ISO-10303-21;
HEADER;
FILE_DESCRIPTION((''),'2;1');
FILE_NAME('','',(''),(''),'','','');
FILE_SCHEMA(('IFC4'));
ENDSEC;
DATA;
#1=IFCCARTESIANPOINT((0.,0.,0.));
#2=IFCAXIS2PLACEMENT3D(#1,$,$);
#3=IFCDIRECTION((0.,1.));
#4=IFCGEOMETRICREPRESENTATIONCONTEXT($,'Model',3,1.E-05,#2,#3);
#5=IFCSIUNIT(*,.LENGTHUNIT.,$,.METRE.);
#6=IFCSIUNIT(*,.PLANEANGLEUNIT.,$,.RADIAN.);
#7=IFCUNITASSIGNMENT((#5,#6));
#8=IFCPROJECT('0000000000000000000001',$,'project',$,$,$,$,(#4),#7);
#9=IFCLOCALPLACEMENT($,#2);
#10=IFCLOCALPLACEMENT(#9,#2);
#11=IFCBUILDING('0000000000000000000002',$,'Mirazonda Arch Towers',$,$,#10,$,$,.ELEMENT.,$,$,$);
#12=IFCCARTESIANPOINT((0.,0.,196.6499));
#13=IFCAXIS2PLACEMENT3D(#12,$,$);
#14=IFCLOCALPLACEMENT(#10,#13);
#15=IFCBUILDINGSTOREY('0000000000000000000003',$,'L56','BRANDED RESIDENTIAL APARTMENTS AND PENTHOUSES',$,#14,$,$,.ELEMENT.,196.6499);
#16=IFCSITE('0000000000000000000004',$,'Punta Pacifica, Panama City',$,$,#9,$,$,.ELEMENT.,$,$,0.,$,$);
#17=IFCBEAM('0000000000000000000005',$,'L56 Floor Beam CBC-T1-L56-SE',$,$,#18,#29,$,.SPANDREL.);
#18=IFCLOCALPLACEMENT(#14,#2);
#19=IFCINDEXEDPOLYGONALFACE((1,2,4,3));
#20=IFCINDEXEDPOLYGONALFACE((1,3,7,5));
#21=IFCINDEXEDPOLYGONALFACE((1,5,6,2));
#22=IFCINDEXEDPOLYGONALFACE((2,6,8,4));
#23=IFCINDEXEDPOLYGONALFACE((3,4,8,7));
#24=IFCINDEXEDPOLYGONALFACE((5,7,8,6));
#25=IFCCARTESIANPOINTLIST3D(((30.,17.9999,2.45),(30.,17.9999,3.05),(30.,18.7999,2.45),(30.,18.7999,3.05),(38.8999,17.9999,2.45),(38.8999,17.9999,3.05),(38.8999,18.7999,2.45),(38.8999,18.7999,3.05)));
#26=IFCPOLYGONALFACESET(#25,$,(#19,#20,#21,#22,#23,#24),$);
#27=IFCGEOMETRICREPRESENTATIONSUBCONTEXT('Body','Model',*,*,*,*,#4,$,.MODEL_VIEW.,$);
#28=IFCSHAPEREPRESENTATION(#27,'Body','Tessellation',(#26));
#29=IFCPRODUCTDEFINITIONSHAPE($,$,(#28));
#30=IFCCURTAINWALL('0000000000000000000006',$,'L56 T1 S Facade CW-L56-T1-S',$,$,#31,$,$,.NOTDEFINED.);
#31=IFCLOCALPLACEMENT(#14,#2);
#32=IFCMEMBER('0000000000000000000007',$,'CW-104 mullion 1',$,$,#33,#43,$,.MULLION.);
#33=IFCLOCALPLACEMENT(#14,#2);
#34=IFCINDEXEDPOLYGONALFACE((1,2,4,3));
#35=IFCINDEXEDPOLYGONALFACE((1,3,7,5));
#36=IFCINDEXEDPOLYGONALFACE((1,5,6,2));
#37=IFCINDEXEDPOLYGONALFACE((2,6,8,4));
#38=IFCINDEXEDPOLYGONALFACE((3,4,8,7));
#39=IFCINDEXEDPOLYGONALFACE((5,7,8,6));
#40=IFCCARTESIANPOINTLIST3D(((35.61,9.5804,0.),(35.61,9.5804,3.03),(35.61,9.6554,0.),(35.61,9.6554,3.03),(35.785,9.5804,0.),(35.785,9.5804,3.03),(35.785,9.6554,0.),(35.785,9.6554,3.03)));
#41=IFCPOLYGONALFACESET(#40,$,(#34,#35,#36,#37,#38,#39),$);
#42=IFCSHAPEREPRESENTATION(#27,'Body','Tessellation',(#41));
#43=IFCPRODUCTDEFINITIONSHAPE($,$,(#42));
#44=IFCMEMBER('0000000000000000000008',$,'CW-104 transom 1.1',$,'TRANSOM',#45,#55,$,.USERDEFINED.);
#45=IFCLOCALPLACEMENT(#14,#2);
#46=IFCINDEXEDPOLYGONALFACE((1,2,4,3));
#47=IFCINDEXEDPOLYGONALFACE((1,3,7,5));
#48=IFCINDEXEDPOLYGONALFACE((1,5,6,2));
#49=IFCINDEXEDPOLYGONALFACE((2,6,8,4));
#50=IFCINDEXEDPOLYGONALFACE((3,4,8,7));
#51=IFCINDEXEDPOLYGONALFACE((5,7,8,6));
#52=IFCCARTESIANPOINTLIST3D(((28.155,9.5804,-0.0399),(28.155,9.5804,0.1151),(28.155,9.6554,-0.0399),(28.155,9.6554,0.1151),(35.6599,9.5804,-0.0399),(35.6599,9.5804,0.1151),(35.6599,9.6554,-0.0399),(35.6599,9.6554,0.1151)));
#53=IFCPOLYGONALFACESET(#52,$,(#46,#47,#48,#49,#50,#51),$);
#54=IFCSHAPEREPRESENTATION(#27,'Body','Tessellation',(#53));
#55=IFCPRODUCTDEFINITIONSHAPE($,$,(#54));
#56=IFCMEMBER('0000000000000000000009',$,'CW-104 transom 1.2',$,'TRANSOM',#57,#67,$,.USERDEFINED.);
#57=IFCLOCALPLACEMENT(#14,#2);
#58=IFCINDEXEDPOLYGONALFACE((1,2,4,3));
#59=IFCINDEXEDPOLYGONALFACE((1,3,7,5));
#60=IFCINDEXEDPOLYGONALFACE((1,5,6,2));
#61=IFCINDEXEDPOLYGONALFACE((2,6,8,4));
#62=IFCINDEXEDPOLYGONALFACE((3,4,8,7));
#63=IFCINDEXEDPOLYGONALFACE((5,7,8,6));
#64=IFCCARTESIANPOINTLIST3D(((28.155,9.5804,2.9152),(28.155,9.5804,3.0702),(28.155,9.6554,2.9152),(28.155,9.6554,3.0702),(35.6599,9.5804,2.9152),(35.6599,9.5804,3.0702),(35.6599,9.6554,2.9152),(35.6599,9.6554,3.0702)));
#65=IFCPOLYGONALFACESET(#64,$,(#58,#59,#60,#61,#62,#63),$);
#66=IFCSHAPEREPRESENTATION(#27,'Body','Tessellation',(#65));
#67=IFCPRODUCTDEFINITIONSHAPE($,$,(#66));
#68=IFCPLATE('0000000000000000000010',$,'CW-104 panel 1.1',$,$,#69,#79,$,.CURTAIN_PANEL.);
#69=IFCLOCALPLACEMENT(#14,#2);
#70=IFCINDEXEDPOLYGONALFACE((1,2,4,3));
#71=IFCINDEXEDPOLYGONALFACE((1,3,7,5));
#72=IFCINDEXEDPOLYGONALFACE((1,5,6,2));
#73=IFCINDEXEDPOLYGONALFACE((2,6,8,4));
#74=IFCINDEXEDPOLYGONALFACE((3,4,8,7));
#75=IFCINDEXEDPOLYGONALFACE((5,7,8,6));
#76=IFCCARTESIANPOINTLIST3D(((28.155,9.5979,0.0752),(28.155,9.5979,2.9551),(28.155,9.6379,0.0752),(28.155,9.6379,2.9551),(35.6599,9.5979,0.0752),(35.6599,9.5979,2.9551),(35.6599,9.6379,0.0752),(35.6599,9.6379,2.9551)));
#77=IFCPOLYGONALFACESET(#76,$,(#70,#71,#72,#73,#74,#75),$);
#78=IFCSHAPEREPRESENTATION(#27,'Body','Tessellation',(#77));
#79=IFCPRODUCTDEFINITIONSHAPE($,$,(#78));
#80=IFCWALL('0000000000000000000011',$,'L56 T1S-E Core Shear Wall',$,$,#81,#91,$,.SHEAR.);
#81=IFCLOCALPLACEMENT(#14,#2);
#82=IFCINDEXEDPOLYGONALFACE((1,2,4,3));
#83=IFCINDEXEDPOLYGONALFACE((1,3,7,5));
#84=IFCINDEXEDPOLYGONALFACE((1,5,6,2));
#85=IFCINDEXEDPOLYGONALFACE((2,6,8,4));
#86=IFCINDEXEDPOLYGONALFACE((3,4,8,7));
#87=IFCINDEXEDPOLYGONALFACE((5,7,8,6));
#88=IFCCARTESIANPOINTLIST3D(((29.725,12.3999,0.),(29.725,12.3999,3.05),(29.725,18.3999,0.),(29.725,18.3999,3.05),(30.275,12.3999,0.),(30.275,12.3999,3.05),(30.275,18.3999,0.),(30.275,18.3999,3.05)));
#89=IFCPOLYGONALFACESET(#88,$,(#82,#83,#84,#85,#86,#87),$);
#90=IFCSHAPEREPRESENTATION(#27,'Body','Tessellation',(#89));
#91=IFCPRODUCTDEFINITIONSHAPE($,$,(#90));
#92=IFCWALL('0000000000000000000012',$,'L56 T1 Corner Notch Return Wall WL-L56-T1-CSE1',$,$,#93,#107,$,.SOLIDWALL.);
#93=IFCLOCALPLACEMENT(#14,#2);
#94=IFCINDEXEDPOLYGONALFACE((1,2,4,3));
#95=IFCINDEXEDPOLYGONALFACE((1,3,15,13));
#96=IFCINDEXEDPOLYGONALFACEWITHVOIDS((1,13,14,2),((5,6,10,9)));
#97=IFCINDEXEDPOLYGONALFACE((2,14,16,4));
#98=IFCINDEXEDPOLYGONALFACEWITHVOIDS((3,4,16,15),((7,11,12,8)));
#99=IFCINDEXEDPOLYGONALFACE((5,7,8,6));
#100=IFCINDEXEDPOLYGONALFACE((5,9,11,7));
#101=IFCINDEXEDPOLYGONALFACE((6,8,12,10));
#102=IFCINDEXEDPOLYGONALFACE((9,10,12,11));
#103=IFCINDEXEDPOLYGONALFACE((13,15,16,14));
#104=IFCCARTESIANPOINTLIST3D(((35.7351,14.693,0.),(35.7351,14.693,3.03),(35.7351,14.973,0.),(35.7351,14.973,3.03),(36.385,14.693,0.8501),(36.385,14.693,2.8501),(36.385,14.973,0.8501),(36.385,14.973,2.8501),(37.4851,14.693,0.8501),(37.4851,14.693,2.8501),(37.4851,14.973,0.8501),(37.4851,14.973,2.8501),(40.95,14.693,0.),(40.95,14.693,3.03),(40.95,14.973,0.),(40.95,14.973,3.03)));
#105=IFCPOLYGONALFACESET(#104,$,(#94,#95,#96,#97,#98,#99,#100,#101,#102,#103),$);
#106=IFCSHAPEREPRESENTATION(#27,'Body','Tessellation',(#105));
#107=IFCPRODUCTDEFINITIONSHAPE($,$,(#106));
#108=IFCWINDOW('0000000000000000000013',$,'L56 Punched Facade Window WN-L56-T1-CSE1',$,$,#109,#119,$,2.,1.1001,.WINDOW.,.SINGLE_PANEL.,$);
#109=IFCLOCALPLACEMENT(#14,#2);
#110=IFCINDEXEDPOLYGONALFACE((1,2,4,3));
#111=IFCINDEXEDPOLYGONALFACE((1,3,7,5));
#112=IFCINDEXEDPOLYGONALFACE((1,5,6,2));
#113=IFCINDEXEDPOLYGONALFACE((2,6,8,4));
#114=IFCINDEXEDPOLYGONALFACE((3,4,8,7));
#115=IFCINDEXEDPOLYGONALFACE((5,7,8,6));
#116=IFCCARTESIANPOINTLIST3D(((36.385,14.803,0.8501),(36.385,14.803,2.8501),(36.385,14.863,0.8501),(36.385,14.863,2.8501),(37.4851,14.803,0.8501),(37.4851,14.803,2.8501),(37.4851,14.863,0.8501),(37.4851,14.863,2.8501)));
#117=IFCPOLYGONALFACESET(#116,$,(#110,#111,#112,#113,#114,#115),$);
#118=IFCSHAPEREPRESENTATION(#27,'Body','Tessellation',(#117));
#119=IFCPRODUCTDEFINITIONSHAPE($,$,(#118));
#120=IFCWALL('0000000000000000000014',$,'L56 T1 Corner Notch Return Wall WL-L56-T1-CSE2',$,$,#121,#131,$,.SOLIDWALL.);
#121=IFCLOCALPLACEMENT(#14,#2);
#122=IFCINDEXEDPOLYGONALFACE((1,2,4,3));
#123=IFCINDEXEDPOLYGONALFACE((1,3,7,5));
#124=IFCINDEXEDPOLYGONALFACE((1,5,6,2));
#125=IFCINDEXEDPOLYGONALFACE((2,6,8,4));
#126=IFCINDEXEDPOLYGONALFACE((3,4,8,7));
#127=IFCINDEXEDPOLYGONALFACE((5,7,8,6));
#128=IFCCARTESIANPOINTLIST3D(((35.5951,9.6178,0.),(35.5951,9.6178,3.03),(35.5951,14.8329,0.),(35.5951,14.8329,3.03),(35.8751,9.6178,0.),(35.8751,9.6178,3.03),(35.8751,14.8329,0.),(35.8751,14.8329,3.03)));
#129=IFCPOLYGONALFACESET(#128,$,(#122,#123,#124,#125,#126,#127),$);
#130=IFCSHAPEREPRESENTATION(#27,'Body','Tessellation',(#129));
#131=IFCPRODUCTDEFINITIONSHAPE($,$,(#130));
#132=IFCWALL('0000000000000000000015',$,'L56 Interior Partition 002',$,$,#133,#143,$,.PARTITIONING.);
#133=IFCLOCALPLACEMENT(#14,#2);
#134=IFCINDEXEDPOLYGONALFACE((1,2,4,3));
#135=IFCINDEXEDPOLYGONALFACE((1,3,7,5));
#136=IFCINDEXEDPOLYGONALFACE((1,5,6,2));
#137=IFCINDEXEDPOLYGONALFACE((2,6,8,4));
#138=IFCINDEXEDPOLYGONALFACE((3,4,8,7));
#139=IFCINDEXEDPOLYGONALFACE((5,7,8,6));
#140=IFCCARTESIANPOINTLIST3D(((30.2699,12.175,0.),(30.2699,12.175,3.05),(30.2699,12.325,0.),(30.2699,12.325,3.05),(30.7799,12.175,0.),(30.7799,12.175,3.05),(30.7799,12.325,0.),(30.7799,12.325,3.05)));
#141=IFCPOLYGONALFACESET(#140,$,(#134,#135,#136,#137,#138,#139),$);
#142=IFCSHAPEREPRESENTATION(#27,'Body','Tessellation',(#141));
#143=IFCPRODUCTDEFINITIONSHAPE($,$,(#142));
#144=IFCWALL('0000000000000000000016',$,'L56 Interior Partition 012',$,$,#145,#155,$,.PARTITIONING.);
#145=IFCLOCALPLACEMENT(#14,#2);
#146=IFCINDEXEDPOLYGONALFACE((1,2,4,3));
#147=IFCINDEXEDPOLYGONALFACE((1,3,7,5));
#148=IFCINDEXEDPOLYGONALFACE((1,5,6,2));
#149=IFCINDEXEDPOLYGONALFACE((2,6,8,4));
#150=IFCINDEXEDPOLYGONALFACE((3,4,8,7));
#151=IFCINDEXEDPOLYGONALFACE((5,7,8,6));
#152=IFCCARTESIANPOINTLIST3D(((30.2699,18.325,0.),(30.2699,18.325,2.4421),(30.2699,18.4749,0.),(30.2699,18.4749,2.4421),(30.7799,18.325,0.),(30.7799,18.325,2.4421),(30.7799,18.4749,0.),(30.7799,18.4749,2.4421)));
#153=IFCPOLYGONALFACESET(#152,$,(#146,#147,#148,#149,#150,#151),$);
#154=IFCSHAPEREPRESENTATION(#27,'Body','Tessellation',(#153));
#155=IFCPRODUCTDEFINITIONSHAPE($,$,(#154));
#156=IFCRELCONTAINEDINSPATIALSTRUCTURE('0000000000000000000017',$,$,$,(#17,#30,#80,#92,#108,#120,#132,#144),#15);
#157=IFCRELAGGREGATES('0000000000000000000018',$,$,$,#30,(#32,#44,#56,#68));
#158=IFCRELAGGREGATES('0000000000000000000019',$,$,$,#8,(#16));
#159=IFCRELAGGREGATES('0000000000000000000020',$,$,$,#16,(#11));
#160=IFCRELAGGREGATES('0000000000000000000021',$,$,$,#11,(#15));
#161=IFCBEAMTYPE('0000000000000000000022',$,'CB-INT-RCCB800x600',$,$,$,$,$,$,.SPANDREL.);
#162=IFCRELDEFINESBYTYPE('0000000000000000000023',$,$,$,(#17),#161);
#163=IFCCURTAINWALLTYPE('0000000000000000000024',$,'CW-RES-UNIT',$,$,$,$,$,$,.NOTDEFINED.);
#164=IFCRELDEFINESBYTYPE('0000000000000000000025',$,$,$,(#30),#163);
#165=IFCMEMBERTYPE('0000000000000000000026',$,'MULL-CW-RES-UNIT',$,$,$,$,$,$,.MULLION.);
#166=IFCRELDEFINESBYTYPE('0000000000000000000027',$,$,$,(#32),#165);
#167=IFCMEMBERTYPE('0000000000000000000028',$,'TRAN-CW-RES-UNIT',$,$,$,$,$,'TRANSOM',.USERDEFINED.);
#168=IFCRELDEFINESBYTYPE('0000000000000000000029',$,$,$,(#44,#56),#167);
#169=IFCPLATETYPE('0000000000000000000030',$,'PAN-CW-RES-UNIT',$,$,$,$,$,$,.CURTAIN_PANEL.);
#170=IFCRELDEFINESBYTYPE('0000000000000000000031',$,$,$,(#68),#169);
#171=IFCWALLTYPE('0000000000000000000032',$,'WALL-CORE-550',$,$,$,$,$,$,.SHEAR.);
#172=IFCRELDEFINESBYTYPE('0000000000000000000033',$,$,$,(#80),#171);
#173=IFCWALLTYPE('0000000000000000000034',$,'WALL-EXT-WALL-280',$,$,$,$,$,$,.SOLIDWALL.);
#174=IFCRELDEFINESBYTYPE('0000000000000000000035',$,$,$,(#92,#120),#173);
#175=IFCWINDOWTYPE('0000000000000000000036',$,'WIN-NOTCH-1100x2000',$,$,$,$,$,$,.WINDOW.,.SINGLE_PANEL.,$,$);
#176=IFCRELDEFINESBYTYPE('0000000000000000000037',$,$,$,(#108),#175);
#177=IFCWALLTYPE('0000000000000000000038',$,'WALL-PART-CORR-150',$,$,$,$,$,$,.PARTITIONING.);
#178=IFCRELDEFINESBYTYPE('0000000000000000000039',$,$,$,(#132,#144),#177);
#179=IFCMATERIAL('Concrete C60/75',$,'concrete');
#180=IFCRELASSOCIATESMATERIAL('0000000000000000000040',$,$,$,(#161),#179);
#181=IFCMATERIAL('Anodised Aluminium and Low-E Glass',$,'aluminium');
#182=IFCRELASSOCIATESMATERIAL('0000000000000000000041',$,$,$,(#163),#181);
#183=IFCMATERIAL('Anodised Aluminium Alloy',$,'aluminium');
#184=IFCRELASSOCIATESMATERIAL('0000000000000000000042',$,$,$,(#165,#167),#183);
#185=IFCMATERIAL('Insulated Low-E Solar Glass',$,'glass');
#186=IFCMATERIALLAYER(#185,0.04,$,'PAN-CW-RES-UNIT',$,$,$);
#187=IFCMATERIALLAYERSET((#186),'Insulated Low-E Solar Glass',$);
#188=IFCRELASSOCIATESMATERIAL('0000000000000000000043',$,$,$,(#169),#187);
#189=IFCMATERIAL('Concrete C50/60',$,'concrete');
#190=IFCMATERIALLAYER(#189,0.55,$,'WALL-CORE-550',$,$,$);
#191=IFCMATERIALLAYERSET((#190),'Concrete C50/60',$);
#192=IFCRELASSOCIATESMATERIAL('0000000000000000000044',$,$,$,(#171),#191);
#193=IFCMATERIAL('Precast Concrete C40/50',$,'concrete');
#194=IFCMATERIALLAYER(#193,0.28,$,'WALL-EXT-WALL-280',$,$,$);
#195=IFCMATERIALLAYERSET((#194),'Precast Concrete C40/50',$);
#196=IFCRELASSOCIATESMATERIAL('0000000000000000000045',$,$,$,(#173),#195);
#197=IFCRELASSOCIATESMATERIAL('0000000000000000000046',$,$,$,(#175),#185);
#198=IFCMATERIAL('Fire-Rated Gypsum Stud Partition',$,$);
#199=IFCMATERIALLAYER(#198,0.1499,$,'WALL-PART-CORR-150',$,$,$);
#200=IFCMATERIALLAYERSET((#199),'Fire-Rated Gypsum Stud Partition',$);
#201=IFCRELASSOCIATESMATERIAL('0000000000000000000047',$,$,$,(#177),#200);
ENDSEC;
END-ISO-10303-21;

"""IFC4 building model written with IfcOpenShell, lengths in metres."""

from ifc_helpers import new_model, si_unit, direction, frame, frame_2d, origin, origin_2d, place, context, subcontext, project, spatial, rectangle, extrude, material, layer, layer_set, material_profile, profile_set, type_object, element, fill, aggregate, save


model = new_model("IFC4")

# Units and contexts
model_context = context("Model", 3, precision=1e-05, world=origin(), true_north=direction((0.0, 1.0)))
body_context = subcontext(model_context, "Body", "Model", "MODEL_VIEW")
ifc_project = project(units=[si_unit("LENGTHUNIT", "METRE"), si_unit("PLANEANGLEUNIT", "RADIAN")], contexts=[model_context])

# Site, building, storey
site_placement = place(None, origin())
site = spatial("IfcSite", under=ifc_project, at=site_placement, Name="Punta Pacifica, Panama City", CompositionType="ELEMENT", RefElevation=0.0)
building_placement = place(site_placement, origin())
building = spatial("IfcBuilding", under=site, at=building_placement, Name="Mirazonda Arch Towers", CompositionType="ELEMENT")
storey_placement = place(building_placement, frame((0.0, 0.0, 196.6499)))
storey = spatial("IfcBuildingStorey", under=building, at=storey_placement, Name="L56", Description="BRANDED RESIDENTIAL APARTMENTS AND PENTHOUSES", CompositionType="ELEMENT", Elevation=196.6499)

# Shared definitions
ifc_material_1 = material(Name="Concrete C50/60", Category="concrete")

# Beam
ifc_material_2 = material(Name="Concrete C60/75", Category="concrete")
ifc_material_profile_1 = material_profile(ifc_material_2, rectangle(XDim=0.8, YDim=0.6001, at=origin_2d()), Name="RCCB800x600")
ifc_profile_set_1 = profile_set([ifc_material_profile_1], Name="Concrete C60/75")
beam_type_1 = type_object("IfcBeamType", Name="CB-INT-RCCB800x600", PredefinedType="SPANDREL", material=ifc_profile_set_1)
beam_1_placement = place(storey_placement, frame((30.0, 18.3999, 2.75), z_axis=(1.0, 0.0, 0.0), x_axis=(0.0, 1.0, 0.0)))
element("IfcBeam", 1, at=beam_1_placement, inside=storey, type_object=beam_type_1, Name="L56 Floor Beam CBC-T1-L56-SE", PredefinedType="SPANDREL", context=body_context, shape_type="SweptSolid", body=[
    extrude(rectangle(XDim=0.8, YDim=0.6001, at=origin_2d()), origin(), (0.0, 0.0, 1.0), 8.8999),
])

# Curtain wall, members, plate
ifc_material_3 = material(Name="Anodised Aluminium and Low-E Glass", Category="aluminium")
curtain_wall_type = type_object("IfcCurtainWallType", Name="CW-RES-UNIT", PredefinedType="NOTDEFINED", material=ifc_material_3)
curtain_wall_placement = place(storey_placement, origin())
curtain_wall = element("IfcCurtainWall", 2, at=curtain_wall_placement, inside=storey, type_object=curtain_wall_type, Name="L56 T1 S Facade CW-L56-T1-S", PredefinedType="NOTDEFINED")
ifc_material_4 = material(Name="Anodised Aluminium Alloy", Category="aluminium")
ifc_material_profile_2 = material_profile(ifc_material_4, rectangle(XDim=0.075, YDim=0.175, at=origin_2d()), Name="ALU-MULL-75x175")
ifc_profile_set_2 = profile_set([ifc_material_profile_2], Name="Anodised Aluminium Alloy")
member_type_1 = type_object("IfcMemberType", Name="MULL-CW-RES-UNIT", PredefinedType="MULLION", material=ifc_profile_set_2)
member_1_placement = place(storey_placement, frame((35.6975, 9.6179, 0.0), z_axis=(0.0, 0.0, 1.0), x_axis=(0.0, -1.0, 0.0)))
member_1 = element("IfcMember", 3, at=member_1_placement, type_object=member_type_1, Name="CW-104 mullion 1", PredefinedType="MULLION", context=body_context, shape_type="SweptSolid", body=[
    extrude(rectangle(XDim=0.075, YDim=0.175, at=origin_2d()), origin(), (0.0, 0.0, 1.0), 3.03),
])
ifc_material_profile_3 = material_profile(ifc_material_4, rectangle(XDim=0.075, YDim=0.155, at=origin_2d()), Name="ALU-TRAN-75x155")
ifc_profile_set_3 = profile_set([ifc_material_profile_3], Name="Anodised Aluminium Alloy")
member_type_2 = type_object("IfcMemberType", Name="TRAN-CW-RES-UNIT", ElementType="TRANSOM", PredefinedType="USERDEFINED", material=ifc_profile_set_3)
member_2_placement = place(storey_placement, frame((35.6599, 9.6179, 0.0376), z_axis=(-1.0, 0.0, 0.0), x_axis=(0.0, -1.0, 0.0)))
member_2 = element("IfcMember", 4, at=member_2_placement, type_object=member_type_2, Name="CW-104 transom 1.1", ObjectType="TRANSOM", PredefinedType="USERDEFINED", context=body_context, shape_type="SweptSolid", body=[
    extrude(rectangle(XDim=0.075, YDim=0.155, at=origin_2d()), origin(), (0.0, 0.0, 1.0), 7.5049),
])
member_3_placement = place(storey_placement, frame((35.6599, 9.6179, 2.9927), z_axis=(-1.0, 0.0, 0.0), x_axis=(0.0, -1.0, 0.0)))
member_3 = element("IfcMember", 5, at=member_3_placement, type_object=member_type_2, Name="CW-104 transom 1.2", ObjectType="TRANSOM", PredefinedType="USERDEFINED", context=body_context, shape_type="SweptSolid", body=[
    extrude(rectangle(XDim=0.075, YDim=0.155, at=origin_2d()), origin(), (0.0, 0.0, 1.0), 7.5049),
])
ifc_material_5 = material(Name="Insulated Low-E Solar Glass", Category="glass")
ifc_layer_1 = layer(ifc_material_5, 0.04, Name="PAN-CW-RES-UNIT")
ifc_layer_set_1 = layer_set([ifc_layer_1], Name="Insulated Low-E Solar Glass")
plate_type = type_object("IfcPlateType", Name="PAN-CW-RES-UNIT", PredefinedType="CURTAIN_PANEL", material=ifc_layer_set_1)
plate_placement = place(storey_placement, frame((31.9075, 9.6179, 0.0752), z_axis=(0.0, 0.0, 1.0), x_axis=(-1.0, 0.0, 0.0)))
plate = element("IfcPlate", 6, at=plate_placement, type_object=plate_type, Name="CW-104 panel 1.1", PredefinedType="CURTAIN_PANEL", context=body_context, shape_type="SweptSolid", body=[
    extrude(rectangle(XDim=7.5049, YDim=0.04, at=origin_2d()), origin(), (0.0, 0.0, 1.0), 2.8799),
])
aggregate(curtain_wall, [member_1, member_2, member_3, plate])

# Wall
ifc_layer_2 = layer(ifc_material_1, 0.55, Name="WALL-CORE-550")
ifc_layer_set_2 = layer_set([ifc_layer_2], Name="Concrete C50/60")
wall_type_1 = type_object("IfcWallType", Name="WALL-CORE-550", PredefinedType="SHEAR", material=ifc_layer_set_2)
wall_1_placement = place(storey_placement, frame((30.0, 12.3999, 0.0), z_axis=(0.0, 0.0, 1.0), x_axis=(0.0, 1.0, 0.0)))
element("IfcWall", 7, at=wall_1_placement, inside=storey, type_object=wall_type_1, Name="L56 T1S-E Core Shear Wall", PredefinedType="SHEAR", context=body_context, shape_type="SweptSolid", body=[
    extrude(rectangle(XDim=6.0, YDim=0.55, at=frame_2d((3.0, 0.0))), origin(), (0.0, 0.0, 1.0), 3.05),
])

# Wall, opening, window
ifc_material_6 = material(Name="Precast Concrete C40/50", Category="concrete")
ifc_layer_3 = layer(ifc_material_6, 0.28, Name="WALL-EXT-WALL-280")
ifc_layer_set_3 = layer_set([ifc_layer_3], Name="Precast Concrete C40/50")
wall_type_2 = type_object("IfcWallType", Name="WALL-EXT-WALL-280", PredefinedType="SOLIDWALL", material=ifc_layer_set_3)
wall_2_placement = place(storey_placement, frame((35.7351, 14.833, 0.0), z_axis=(0.0, 0.0, 1.0), x_axis=(1.0, 0.0, 0.0)))
wall_2 = element("IfcWall", 8, at=wall_2_placement, inside=storey, type_object=wall_type_2, Name="L56 T1 Corner Notch Return Wall WL-L56-T1-CSE1", PredefinedType="SOLIDWALL", context=body_context, shape_type="SweptSolid", body=[
    extrude(rectangle(XDim=5.2148, YDim=0.28, at=frame_2d((2.6074, 0.0))), origin(), (0.0, 0.0, 1.0), 3.03),
])
opening_1_placement = place(wall_2_placement, frame((0.6499, 0.0, 0.8501)))
opening_1 = element("IfcOpeningElement", 9, at=opening_1_placement, cuts=wall_2, PredefinedType="OPENING", context=body_context, shape_type="SweptSolid", body=[
    extrude(rectangle(XDim=1.1001, YDim=2.0, at=frame_2d((0.55, 1.0))), frame((0.0, 0.1499, 0.0), z_axis=(0.0, -1.0, 0.0), x_axis=(1.0, 0.0, 0.0)), (0.0, 0.0, 1.0), 0.3),
])
window_type = type_object("IfcWindowType", Name="WIN-NOTCH-1100x2000", PartitioningType="SINGLE_PANEL", PredefinedType="WINDOW", material=ifc_material_5)
window_placement = place(opening_1_placement, origin())
window = element("IfcWindow", 10, at=window_placement, inside=storey, type_object=window_type, Name="L56 Punched Facade Window WN-L56-T1-CSE1", OverallHeight=2.0, OverallWidth=1.1001, PartitioningType="SINGLE_PANEL", PredefinedType="WINDOW", context=body_context, shape_type="SweptSolid", body=[
    extrude(rectangle(XDim=1.1001, YDim=2.0, at=frame_2d((0.55, 1.0))), frame((0.0, 0.03, 0.0), z_axis=(0.0, -1.0, 0.0), x_axis=(1.0, 0.0, 0.0)), (0.0, 0.0, 1.0), 0.0601),
])
fill(opening_1, window)

# Walls
wall_3_placement = place(storey_placement, frame((35.7351, 9.6179, 0.0), z_axis=(0.0, 0.0, 1.0), x_axis=(0.0, 1.0, 0.0)))
element("IfcWall", 11, at=wall_3_placement, inside=storey, type_object=wall_type_2, Name="L56 T1 Corner Notch Return Wall WL-L56-T1-CSE2", PredefinedType="SOLIDWALL", context=body_context, shape_type="SweptSolid", body=[
    extrude(rectangle(XDim=5.2151, YDim=0.28, at=frame_2d((2.6074, 0.0))), origin(), (0.0, 0.0, 1.0), 3.03),
])
ifc_material_7 = material(Name="Fire-Rated Gypsum Stud Partition")
ifc_layer_4 = layer(ifc_material_7, 0.1499, Name="WALL-PART-CORR-150")
ifc_layer_set_4 = layer_set([ifc_layer_4], Name="Fire-Rated Gypsum Stud Partition")
wall_type_3 = type_object("IfcWallType", Name="WALL-PART-CORR-150", PredefinedType="PARTITIONING", material=ifc_layer_set_4)
wall_4_placement = place(storey_placement, frame((30.27, 12.25, 0.0), z_axis=(0.0, 0.0, 1.0), x_axis=(1.0, 0.0, 0.0)))
element("IfcWall", 12, at=wall_4_placement, inside=storey, type_object=wall_type_3, Name="L56 Interior Partition 002", PredefinedType="PARTITIONING", context=body_context, shape_type="SweptSolid", body=[
    extrude(rectangle(XDim=0.51, YDim=0.1499, at=frame_2d((0.2549, 0.0))), origin(), (0.0, 0.0, 1.0), 3.05),
])
wall_5_placement = place(storey_placement, frame((30.27, 18.3999, 0.0), z_axis=(0.0, 0.0, 1.0), x_axis=(1.0, 0.0, 0.0)))
element("IfcWall", 13, at=wall_5_placement, inside=storey, type_object=wall_type_3, Name="L56 Interior Partition 012", PredefinedType="PARTITIONING", context=body_context, shape_type="SweptSolid", body=[
    extrude(rectangle(XDim=0.51, YDim=0.1499, at=frame_2d((0.2549, 0.0))), origin(), (0.0, 0.0, 1.0), 2.4421),
])

save(model, "model.ifc")
